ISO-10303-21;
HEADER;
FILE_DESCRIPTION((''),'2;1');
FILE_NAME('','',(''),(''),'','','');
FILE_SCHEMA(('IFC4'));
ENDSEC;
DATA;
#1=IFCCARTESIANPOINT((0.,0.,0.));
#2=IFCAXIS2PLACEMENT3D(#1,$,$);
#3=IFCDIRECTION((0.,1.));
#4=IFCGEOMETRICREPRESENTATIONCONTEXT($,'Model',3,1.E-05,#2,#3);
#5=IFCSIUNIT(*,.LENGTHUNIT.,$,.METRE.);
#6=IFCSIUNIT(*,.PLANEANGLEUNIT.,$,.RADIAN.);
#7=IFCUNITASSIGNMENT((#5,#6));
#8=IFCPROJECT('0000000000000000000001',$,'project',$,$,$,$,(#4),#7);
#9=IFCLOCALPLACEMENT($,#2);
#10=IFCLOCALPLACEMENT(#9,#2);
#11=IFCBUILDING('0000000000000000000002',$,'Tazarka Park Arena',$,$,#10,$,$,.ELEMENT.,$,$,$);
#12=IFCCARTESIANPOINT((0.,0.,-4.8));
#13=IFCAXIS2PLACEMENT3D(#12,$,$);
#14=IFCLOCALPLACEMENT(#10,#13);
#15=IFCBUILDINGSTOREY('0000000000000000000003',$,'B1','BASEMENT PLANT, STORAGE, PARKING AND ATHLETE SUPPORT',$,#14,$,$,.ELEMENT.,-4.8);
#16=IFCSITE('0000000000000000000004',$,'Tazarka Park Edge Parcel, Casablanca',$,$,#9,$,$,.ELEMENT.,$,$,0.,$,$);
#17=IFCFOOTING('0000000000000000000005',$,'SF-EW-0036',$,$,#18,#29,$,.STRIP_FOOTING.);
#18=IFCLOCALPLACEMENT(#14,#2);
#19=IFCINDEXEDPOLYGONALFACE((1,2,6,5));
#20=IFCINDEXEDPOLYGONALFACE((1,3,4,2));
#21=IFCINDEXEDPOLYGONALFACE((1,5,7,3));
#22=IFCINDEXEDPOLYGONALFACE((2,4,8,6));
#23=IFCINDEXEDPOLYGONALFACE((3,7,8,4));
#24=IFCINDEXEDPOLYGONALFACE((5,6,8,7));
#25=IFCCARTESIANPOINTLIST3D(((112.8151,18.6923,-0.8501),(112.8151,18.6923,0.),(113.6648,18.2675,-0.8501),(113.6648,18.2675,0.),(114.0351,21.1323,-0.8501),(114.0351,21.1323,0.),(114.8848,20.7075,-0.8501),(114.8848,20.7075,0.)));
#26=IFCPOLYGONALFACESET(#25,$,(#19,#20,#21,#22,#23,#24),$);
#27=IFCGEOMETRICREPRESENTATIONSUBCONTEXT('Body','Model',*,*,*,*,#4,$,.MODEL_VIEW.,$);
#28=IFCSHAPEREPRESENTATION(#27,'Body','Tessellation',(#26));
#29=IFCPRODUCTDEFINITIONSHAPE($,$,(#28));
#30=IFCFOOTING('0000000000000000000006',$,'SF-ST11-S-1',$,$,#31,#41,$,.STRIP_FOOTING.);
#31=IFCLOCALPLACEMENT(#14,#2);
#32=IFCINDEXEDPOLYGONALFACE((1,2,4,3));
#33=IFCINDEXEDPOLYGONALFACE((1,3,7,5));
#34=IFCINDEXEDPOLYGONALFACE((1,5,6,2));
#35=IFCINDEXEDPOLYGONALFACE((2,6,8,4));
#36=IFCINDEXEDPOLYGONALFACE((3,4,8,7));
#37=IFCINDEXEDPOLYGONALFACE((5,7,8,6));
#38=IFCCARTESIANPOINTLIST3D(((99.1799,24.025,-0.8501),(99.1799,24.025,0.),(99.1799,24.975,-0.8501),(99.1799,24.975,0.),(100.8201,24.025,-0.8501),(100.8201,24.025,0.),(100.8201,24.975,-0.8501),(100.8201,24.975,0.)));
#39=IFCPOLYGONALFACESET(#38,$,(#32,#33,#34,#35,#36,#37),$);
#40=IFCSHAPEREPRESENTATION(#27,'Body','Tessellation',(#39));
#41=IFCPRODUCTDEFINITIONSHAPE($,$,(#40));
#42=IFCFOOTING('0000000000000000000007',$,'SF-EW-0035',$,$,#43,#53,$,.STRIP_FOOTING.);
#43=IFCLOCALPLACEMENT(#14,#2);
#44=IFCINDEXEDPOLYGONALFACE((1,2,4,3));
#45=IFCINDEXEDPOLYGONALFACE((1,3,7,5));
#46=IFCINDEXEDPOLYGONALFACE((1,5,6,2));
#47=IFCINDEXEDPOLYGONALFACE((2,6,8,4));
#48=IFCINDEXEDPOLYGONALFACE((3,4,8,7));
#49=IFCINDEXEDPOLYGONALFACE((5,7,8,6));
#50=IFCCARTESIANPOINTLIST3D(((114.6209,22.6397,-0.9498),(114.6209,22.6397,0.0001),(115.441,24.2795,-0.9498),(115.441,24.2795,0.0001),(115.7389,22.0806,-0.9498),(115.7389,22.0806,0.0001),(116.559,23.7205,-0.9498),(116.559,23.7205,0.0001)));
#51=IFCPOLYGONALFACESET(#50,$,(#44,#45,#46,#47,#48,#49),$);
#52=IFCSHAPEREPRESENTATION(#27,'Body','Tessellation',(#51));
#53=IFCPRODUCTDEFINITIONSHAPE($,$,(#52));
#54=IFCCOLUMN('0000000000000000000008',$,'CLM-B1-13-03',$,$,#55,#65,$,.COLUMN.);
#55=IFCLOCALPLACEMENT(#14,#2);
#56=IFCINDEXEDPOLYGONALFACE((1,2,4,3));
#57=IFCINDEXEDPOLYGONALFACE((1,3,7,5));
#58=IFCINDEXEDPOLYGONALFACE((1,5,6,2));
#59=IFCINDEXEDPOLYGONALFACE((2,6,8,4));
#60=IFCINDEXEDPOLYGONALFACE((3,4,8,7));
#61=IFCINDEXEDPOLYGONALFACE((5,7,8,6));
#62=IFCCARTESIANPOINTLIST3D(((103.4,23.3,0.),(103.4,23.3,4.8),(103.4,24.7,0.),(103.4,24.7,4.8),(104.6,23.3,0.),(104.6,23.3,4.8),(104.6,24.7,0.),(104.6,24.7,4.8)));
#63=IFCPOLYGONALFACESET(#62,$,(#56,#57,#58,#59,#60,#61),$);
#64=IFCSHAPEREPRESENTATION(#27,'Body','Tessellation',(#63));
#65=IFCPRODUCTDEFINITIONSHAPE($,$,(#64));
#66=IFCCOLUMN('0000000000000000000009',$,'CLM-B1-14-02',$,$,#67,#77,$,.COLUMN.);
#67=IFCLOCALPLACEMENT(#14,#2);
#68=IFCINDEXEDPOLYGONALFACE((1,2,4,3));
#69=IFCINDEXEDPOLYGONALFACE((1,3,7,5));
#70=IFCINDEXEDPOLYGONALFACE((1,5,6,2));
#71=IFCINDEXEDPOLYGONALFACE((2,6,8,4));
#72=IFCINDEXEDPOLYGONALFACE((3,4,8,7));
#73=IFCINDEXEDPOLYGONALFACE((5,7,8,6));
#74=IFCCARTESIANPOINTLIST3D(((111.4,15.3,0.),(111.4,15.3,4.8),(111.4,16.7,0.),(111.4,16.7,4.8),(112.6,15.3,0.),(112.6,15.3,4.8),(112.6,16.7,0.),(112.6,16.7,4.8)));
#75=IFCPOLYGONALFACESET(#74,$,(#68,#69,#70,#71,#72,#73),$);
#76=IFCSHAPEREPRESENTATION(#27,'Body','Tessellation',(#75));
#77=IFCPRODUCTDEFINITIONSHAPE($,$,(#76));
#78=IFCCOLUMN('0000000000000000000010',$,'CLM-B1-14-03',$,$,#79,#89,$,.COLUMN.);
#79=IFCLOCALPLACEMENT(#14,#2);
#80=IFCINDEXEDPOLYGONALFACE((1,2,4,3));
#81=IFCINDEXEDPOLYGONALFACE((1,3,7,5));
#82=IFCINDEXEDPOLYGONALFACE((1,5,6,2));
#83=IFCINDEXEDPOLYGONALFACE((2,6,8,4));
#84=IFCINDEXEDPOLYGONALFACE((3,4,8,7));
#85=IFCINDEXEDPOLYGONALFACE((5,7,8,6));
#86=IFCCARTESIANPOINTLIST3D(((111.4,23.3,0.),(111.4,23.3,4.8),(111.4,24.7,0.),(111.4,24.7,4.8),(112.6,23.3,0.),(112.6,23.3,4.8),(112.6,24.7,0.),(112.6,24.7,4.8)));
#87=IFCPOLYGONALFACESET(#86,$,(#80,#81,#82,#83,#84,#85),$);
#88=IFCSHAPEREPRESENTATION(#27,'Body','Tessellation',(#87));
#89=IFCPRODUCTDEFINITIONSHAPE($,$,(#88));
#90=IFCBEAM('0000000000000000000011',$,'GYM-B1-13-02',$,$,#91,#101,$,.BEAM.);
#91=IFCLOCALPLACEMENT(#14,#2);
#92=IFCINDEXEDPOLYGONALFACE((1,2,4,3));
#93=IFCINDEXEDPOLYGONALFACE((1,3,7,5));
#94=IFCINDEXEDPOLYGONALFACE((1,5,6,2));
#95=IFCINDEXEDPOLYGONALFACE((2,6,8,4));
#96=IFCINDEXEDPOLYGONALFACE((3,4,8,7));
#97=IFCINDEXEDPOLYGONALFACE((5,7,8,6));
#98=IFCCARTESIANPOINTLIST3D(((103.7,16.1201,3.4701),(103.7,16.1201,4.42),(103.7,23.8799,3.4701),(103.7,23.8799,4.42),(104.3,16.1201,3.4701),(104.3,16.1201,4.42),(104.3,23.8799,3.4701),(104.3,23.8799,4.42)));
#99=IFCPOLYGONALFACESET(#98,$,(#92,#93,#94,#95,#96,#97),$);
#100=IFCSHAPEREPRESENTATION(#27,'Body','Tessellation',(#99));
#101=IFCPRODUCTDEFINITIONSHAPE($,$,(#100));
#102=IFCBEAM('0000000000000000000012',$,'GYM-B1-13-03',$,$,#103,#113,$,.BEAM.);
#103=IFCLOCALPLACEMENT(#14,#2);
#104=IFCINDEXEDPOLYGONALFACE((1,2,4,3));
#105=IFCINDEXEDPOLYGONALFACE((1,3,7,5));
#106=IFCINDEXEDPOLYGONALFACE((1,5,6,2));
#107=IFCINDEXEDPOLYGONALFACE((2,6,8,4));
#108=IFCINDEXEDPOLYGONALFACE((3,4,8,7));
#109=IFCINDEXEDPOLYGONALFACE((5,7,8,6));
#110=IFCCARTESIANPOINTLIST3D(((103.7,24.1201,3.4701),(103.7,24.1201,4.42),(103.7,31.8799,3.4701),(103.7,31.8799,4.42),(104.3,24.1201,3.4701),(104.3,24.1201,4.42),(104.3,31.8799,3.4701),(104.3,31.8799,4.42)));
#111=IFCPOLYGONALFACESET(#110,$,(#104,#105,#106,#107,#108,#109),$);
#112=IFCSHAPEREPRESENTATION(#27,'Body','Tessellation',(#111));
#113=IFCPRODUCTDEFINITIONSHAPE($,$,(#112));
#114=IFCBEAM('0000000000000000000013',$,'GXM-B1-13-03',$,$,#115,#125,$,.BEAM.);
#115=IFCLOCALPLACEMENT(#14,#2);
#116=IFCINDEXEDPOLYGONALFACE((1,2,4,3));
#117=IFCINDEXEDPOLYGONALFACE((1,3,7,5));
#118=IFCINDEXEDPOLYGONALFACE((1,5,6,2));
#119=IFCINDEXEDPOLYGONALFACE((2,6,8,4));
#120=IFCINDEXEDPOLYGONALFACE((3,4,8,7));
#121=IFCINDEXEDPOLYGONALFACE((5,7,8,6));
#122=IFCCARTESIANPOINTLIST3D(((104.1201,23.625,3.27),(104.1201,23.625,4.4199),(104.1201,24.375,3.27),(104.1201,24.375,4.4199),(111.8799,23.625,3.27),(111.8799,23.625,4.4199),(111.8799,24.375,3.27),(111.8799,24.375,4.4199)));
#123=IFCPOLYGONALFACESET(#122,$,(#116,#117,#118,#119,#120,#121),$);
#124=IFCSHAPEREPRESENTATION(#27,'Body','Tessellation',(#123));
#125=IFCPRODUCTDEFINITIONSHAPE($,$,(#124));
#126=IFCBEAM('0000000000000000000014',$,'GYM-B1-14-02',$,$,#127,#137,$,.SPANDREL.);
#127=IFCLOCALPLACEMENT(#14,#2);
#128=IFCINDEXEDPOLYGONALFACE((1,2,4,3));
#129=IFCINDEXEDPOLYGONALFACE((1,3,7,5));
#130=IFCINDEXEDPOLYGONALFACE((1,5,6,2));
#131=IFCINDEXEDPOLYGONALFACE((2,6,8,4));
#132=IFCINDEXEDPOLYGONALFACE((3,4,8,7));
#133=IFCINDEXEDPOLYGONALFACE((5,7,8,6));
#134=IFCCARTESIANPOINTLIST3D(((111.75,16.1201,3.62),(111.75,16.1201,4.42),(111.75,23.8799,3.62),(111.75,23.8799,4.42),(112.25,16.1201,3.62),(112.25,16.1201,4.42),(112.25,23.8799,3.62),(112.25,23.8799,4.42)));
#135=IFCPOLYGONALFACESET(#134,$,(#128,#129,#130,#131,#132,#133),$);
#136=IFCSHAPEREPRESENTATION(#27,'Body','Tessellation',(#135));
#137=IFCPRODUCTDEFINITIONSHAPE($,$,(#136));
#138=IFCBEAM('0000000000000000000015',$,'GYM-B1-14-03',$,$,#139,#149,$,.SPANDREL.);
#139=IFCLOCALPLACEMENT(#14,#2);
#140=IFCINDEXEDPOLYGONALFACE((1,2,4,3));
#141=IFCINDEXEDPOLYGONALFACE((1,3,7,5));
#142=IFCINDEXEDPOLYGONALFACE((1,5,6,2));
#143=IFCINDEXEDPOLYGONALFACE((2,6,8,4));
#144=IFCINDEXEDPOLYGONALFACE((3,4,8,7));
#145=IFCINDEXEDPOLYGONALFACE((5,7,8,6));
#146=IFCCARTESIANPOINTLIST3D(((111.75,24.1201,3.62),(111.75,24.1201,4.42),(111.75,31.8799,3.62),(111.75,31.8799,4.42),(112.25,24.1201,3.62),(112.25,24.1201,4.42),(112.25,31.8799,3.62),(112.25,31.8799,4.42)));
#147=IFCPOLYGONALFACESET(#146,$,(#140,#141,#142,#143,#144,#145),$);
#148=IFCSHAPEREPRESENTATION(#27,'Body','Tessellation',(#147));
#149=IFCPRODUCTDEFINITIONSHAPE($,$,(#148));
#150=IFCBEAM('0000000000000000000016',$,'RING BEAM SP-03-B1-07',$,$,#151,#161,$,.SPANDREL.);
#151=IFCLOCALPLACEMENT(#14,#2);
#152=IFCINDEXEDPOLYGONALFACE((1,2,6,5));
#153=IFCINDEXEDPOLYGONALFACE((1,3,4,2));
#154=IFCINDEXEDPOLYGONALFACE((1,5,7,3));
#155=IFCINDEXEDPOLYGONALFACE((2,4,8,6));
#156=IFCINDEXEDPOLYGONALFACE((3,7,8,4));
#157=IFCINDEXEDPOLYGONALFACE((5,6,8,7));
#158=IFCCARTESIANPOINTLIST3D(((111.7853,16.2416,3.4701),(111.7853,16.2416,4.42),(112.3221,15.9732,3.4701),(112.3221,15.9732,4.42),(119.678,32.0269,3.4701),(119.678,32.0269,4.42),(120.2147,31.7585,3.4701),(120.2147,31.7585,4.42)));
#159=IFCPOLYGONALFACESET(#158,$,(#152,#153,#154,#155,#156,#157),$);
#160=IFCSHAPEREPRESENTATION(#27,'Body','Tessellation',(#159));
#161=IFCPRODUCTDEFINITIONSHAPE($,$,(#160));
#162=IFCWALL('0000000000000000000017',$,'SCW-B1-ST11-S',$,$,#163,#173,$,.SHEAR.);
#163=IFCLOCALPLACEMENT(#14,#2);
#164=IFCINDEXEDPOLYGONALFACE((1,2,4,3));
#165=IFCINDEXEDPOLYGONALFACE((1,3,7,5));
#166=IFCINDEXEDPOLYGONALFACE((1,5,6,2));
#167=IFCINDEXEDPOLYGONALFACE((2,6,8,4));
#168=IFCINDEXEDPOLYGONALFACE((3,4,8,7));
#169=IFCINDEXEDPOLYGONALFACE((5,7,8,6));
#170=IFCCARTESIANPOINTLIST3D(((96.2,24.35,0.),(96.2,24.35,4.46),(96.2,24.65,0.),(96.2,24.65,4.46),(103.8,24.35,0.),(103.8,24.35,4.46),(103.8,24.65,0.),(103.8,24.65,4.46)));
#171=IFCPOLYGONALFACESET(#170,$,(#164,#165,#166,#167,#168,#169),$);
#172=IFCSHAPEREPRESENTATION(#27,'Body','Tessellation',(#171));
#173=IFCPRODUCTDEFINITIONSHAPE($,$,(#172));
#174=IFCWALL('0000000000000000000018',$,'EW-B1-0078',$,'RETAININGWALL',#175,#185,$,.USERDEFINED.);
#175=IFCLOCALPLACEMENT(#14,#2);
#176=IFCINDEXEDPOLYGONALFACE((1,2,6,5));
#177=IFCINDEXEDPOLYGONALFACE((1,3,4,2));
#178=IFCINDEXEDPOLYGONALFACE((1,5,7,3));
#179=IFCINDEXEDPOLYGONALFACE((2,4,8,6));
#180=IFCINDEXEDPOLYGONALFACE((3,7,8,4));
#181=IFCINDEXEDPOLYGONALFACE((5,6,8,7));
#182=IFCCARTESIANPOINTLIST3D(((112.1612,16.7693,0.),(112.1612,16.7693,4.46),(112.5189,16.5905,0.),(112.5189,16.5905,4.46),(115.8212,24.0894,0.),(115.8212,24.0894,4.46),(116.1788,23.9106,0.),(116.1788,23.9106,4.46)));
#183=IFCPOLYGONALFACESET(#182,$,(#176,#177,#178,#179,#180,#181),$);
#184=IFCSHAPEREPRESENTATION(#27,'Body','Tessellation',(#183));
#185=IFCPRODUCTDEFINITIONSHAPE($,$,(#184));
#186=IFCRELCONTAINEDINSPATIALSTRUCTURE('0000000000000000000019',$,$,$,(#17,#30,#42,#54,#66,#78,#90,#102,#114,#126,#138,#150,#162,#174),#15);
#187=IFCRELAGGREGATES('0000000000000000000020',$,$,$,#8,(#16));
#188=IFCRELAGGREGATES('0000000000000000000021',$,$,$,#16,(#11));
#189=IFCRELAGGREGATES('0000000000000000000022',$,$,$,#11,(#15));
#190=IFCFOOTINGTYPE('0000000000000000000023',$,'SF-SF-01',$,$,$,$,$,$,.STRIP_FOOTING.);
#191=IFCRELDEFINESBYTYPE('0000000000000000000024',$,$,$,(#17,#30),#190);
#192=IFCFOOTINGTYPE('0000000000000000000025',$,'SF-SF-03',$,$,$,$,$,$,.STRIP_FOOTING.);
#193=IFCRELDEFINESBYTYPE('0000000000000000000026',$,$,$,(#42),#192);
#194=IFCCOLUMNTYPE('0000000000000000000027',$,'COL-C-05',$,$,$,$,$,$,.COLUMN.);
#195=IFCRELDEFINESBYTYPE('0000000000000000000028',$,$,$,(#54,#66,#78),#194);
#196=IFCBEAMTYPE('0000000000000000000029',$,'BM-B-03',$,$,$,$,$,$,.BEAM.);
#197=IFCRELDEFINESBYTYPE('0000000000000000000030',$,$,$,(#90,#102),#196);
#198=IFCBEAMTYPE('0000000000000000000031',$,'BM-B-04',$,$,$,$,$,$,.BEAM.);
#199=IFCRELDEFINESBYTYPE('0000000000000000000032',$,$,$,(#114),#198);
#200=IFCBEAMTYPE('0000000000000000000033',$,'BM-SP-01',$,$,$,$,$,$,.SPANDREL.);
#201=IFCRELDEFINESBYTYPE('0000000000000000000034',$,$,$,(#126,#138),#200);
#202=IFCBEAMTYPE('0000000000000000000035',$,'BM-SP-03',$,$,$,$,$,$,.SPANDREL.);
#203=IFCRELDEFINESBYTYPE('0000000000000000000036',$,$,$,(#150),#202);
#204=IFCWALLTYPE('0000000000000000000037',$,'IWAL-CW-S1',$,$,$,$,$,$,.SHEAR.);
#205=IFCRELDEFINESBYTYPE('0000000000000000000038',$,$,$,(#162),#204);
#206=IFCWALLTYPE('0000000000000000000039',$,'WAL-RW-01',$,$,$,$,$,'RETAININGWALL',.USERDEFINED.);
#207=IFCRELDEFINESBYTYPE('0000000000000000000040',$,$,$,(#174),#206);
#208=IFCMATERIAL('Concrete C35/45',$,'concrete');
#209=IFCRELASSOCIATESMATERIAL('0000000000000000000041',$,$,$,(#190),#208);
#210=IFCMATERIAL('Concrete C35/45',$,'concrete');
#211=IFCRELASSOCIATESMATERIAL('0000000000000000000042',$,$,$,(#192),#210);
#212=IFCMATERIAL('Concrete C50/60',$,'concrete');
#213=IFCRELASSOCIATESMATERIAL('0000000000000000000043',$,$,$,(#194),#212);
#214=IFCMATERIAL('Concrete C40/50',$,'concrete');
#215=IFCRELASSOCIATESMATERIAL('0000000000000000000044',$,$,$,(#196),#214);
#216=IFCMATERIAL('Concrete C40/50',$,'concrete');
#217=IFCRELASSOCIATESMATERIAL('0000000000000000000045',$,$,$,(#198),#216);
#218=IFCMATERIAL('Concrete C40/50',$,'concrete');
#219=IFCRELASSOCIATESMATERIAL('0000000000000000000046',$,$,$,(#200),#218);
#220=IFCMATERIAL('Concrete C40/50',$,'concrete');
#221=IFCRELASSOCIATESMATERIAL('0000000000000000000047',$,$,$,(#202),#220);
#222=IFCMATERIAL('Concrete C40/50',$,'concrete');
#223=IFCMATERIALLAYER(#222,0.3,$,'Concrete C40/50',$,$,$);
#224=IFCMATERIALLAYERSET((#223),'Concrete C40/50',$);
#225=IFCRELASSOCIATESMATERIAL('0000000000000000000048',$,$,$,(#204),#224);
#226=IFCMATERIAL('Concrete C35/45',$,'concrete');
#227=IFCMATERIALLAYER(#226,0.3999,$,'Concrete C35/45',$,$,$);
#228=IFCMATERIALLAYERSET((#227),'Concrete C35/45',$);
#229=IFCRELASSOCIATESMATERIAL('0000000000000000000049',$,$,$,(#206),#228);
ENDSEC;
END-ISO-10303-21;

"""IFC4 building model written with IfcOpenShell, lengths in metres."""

from ifc_helpers import new_model, si_unit, direction, frame, frame_2d, origin, origin_2d, place, context, subcontext, project, spatial, rectangle, extrude, material, layer, layer_set, material_profile, profile_set, type_object, element, save


model = new_model("IFC4")

# Units and contexts
model_context = context("Model", 3, precision=1e-05, world=origin(), true_north=direction((0.0, 1.0)))
body_context = subcontext(model_context, "Body", "Model", "MODEL_VIEW")
ifc_project = project(units=[si_unit("LENGTHUNIT", "METRE"), si_unit("PLANEANGLEUNIT", "RADIAN")], contexts=[model_context])

# Site, building, storey
site_placement = place(None, origin())
site = spatial("IfcSite", under=ifc_project, at=site_placement, Name="Tazarka Park Edge Parcel, Casablanca", CompositionType="ELEMENT", RefElevation=0.0)
building_placement = place(site_placement, origin())
building = spatial("IfcBuilding", under=site, at=building_placement, Name="Tazarka Park Arena", CompositionType="ELEMENT")
storey_placement = place(building_placement, frame((0.0, 0.0, -4.8)))
storey = spatial("IfcBuildingStorey", under=building, at=storey_placement, Name="B1", Description="BASEMENT PLANT, STORAGE, PARKING AND ATHLETE SUPPORT", CompositionType="ELEMENT", Elevation=-4.8)

# Footings
ifc_material_1 = material(Name="Concrete C35/45", Category="concrete")
ifc_material_profile_1 = material_profile(ifc_material_1, rectangle(XDim=0.95, YDim=0.8501, at=origin_2d()), Name="Concrete C35/45")
ifc_profile_set_1 = profile_set([ifc_material_profile_1], Name="Concrete C35/45")
footing_type_1 = type_object("IfcFootingType", Name="SF-SF-01", PredefinedType="STRIP_FOOTING", material=ifc_profile_set_1)
footing_1_placement = place(storey_placement, frame((114.46, 20.9199, -0.425), z_axis=(-0.447214, -0.894427, 0.0), x_axis=(0.894427, -0.447214, 0.0)))
element("IfcFooting", 1, at=footing_1_placement, inside=storey, type_object=footing_type_1, Name="SF-EW-0036", PredefinedType="STRIP_FOOTING", context=body_context, shape_type="SweptSolid", body=[
    extrude(rectangle(XDim=0.95, YDim=0.8501, at=origin_2d()), origin(), (0.0, 0.0, 1.0), 2.728),
])
footing_2_placement = place(storey_placement, frame((100.8201, 24.5, -0.425), z_axis=(-1.0, 0.0, 0.0), x_axis=(0.0, -1.0, 0.0)))
element("IfcFooting", 2, at=footing_2_placement, inside=storey, type_object=footing_type_1, Name="SF-ST11-S-1", PredefinedType="STRIP_FOOTING", context=body_context, shape_type="SweptSolid", body=[
    extrude(rectangle(XDim=0.95, YDim=0.8501, at=origin_2d()), origin(), (0.0, 0.0, 1.0), 1.6401),
])
ifc_material_2 = material(Name="Concrete C35/45", Category="concrete")
ifc_material_profile_2 = material_profile(ifc_material_2, rectangle(XDim=1.25, YDim=0.95, at=origin_2d()), Name="Concrete C35/45")
ifc_profile_set_2 = profile_set([ifc_material_profile_2], Name="Concrete C35/45")
footing_type_2 = type_object("IfcFootingType", Name="SF-SF-03", PredefinedType="STRIP_FOOTING", material=ifc_profile_set_2)
footing_3_placement = place(storey_placement, frame((116.0, 24.0, -0.4749), z_axis=(-0.447267, -0.894401, 0.0), x_axis=(0.894401, -0.447267, 0.0)))
element("IfcFooting", 3, at=footing_3_placement, inside=storey, type_object=footing_type_2, Name="SF-EW-0035", PredefinedType="STRIP_FOOTING", context=body_context, shape_type="SweptSolid", body=[
    extrude(rectangle(XDim=1.25, YDim=0.95, at=origin_2d()), origin(), (0.0, 0.0, 1.0), 1.8335),
])

# Columns
ifc_material_3 = material(Name="Concrete C50/60", Category="concrete")
ifc_material_profile_3 = material_profile(ifc_material_3, rectangle(XDim=1.2, YDim=1.3999, at=origin_2d()), Name="Concrete C50/60")
ifc_profile_set_3 = profile_set([ifc_material_profile_3], Name="Concrete C50/60")
column_type = type_object("IfcColumnType", Name="COL-C-05", PredefinedType="COLUMN", material=ifc_profile_set_3)
for number, where, z_axis, x_axis, name in (
    (4, (104.0, 24.0, 0.0), (0.0, 0.0, 1.0), (1.0, 0.0, 0.0), "CLM-B1-13-03"),
    (5, (112.0, 16.0, 0.0), (0.0, 0.0, 1.0), (1.0, 0.0, 0.0), "CLM-B1-14-02"),
    (6, (112.0, 24.0, 0.0), (0.0, 0.0, 1.0), (1.0, 0.0, 0.0), "CLM-B1-14-03"),
):
    element("IfcColumn", number, at=place(storey_placement, frame(where, z_axis=z_axis, x_axis=x_axis)), inside=storey, type_object=column_type, Name=name, PredefinedType="COLUMN", context=body_context, shape_type="SweptSolid", body=[
        extrude(rectangle(XDim=1.2, YDim=1.3999, at=origin_2d()), origin(), (0.0, 0.0, 1.0), 4.8),
    ])

# Beams
ifc_material_4 = material(Name="Concrete C40/50", Category="concrete")
ifc_material_profile_4 = material_profile(ifc_material_4, rectangle(XDim=0.6001, YDim=0.95, at=origin_2d()), Name="Concrete C40/50")
ifc_profile_set_4 = profile_set([ifc_material_profile_4], Name="Concrete C40/50")
beam_type_1 = type_object("IfcBeamType", Name="BM-B-03", PredefinedType="BEAM", material=ifc_profile_set_4)
for number, where, z_axis, x_axis, name in (
    (7, (104.0, 16.1201, 3.9451), (0.0, 1.0, 0.0), (-1.0, 0.0, 0.0), "GYM-B1-13-02"),
    (8, (104.0, 24.1201, 3.9451), (0.0, 1.0, 0.0), (-1.0, 0.0, 0.0), "GYM-B1-13-03"),
):
    element("IfcBeam", number, at=place(storey_placement, frame(where, z_axis=z_axis, x_axis=x_axis)), inside=storey, type_object=beam_type_1, Name=name, PredefinedType="BEAM", context=body_context, shape_type="SweptSolid", body=[
        extrude(rectangle(XDim=0.6001, YDim=0.95, at=origin_2d()), origin(), (0.0, 0.0, 1.0), 7.7598),
    ])
ifc_material_5 = material(Name="Concrete C40/50", Category="concrete")
ifc_material_profile_5 = material_profile(ifc_material_5, rectangle(XDim=0.75, YDim=1.1499, at=origin_2d()), Name="Concrete C40/50")
ifc_profile_set_5 = profile_set([ifc_material_profile_5], Name="Concrete C40/50")
beam_type_2 = type_object("IfcBeamType", Name="BM-B-04", PredefinedType="BEAM", material=ifc_profile_set_5)
beam_1_placement = place(storey_placement, frame((104.1201, 24.0, 3.845), z_axis=(1.0, 0.0, 0.0), x_axis=(0.0, 1.0, 0.0)))
element("IfcBeam", 9, at=beam_1_placement, inside=storey, type_object=beam_type_2, Name="GXM-B1-13-03", PredefinedType="BEAM", context=body_context, shape_type="SweptSolid", body=[
    extrude(rectangle(XDim=0.75, YDim=1.1499, at=origin_2d()), origin(), (0.0, 0.0, 1.0), 7.7598),
])
ifc_material_6 = material(Name="Concrete C40/50", Category="concrete")
ifc_material_profile_6 = material_profile(ifc_material_6, rectangle(XDim=0.5, YDim=0.8, at=origin_2d()), Name="Concrete C40/50")
ifc_profile_set_6 = profile_set([ifc_material_profile_6], Name="Concrete C40/50")
beam_type_3 = type_object("IfcBeamType", Name="BM-SP-01", PredefinedType="SPANDREL", material=ifc_profile_set_6)
for number, where, z_axis, x_axis, name in (
    (10, (112.0, 16.1201, 4.02), (0.0, 1.0, 0.0), (-1.0, 0.0, 0.0), "GYM-B1-14-02"),
    (11, (112.0, 24.1201, 4.02), (0.0, 1.0, 0.0), (-1.0, 0.0, 0.0), "GYM-B1-14-03"),
):
    element("IfcBeam", number, at=place(storey_placement, frame(where, z_axis=z_axis, x_axis=x_axis)), inside=storey, type_object=beam_type_3, Name=name, PredefinedType="SPANDREL", context=body_context, shape_type="SweptSolid", body=[
        extrude(rectangle(XDim=0.5, YDim=0.8, at=origin_2d()), origin(), (0.0, 0.0, 1.0), 7.7598),
    ])
ifc_material_7 = material(Name="Concrete C40/50", Category="concrete")
ifc_material_profile_7 = material_profile(ifc_material_7, rectangle(XDim=0.6001, YDim=0.95, at=origin_2d()), Name="Concrete C40/50")
ifc_profile_set_7 = profile_set([ifc_material_profile_7], Name="Concrete C40/50")
beam_type_4 = type_object("IfcBeamType", Name="BM-SP-03", PredefinedType="SPANDREL", material=ifc_profile_set_7)
beam_2_placement = place(storey_placement, frame((112.0537, 16.1074, 3.9451), z_axis=(0.447214, 0.894427, 0.0), x_axis=(-0.894427, 0.447214, 0.0)))
element("IfcBeam", 12, at=beam_2_placement, inside=storey, type_object=beam_type_4, Name="RING BEAM SP-03-B1-07", PredefinedType="SPANDREL", context=body_context, shape_type="SweptSolid", body=[
    extrude(rectangle(XDim=0.6001, YDim=0.95, at=origin_2d()), origin(), (0.0, 0.0, 1.0), 17.6484),
])

# Walls
ifc_material_8 = material(Name="Concrete C40/50", Category="concrete")
ifc_layer_1 = layer(ifc_material_8, 0.3, Name="Concrete C40/50")
ifc_layer_set_1 = layer_set([ifc_layer_1], Name="Concrete C40/50")
wall_type_1 = type_object("IfcWallType", Name="IWAL-CW-S1", PredefinedType="SHEAR", material=ifc_layer_set_1)
wall_1_placement = place(storey_placement, frame((103.8, 24.5, 0.0), z_axis=(0.0, 0.0, 1.0), x_axis=(-1.0, 0.0, 0.0)))
element("IfcWall", 13, at=wall_1_placement, inside=storey, type_object=wall_type_1, Name="SCW-B1-ST11-S", PredefinedType="SHEAR", context=body_context, shape_type="SweptSolid", body=[
    extrude(rectangle(XDim=7.6001, YDim=0.3, at=frame_2d((3.8, 0.0))), origin(), (0.0, 0.0, 1.0), 4.46),
])
ifc_material_9 = material(Name="Concrete C35/45", Category="concrete")
ifc_layer_2 = layer(ifc_material_9, 0.3999, Name="Concrete C35/45")
ifc_layer_set_2 = layer_set([ifc_layer_2], Name="Concrete C35/45")
wall_type_2 = type_object("IfcWallType", Name="WAL-RW-01", ElementType="RETAININGWALL", PredefinedType="USERDEFINED", material=ifc_layer_set_2)
wall_2_placement = place(storey_placement, frame((116.0, 24.0, 0.0), z_axis=(0.0, 0.0, 1.0), x_axis=(-0.447202, -0.894433, 0.0)))
element("IfcWall", 14, at=wall_2_placement, inside=storey, type_object=wall_type_2, Name="EW-B1-0078", ObjectType="RETAININGWALL", PredefinedType="USERDEFINED", context=body_context, shape_type="SweptSolid", body=[
    extrude(rectangle(XDim=8.1841, YDim=0.3999, at=frame_2d((4.092, 0.0))), origin(), (0.0, 0.0, 1.0), 4.46),
])

save(model, "model.ifc")
